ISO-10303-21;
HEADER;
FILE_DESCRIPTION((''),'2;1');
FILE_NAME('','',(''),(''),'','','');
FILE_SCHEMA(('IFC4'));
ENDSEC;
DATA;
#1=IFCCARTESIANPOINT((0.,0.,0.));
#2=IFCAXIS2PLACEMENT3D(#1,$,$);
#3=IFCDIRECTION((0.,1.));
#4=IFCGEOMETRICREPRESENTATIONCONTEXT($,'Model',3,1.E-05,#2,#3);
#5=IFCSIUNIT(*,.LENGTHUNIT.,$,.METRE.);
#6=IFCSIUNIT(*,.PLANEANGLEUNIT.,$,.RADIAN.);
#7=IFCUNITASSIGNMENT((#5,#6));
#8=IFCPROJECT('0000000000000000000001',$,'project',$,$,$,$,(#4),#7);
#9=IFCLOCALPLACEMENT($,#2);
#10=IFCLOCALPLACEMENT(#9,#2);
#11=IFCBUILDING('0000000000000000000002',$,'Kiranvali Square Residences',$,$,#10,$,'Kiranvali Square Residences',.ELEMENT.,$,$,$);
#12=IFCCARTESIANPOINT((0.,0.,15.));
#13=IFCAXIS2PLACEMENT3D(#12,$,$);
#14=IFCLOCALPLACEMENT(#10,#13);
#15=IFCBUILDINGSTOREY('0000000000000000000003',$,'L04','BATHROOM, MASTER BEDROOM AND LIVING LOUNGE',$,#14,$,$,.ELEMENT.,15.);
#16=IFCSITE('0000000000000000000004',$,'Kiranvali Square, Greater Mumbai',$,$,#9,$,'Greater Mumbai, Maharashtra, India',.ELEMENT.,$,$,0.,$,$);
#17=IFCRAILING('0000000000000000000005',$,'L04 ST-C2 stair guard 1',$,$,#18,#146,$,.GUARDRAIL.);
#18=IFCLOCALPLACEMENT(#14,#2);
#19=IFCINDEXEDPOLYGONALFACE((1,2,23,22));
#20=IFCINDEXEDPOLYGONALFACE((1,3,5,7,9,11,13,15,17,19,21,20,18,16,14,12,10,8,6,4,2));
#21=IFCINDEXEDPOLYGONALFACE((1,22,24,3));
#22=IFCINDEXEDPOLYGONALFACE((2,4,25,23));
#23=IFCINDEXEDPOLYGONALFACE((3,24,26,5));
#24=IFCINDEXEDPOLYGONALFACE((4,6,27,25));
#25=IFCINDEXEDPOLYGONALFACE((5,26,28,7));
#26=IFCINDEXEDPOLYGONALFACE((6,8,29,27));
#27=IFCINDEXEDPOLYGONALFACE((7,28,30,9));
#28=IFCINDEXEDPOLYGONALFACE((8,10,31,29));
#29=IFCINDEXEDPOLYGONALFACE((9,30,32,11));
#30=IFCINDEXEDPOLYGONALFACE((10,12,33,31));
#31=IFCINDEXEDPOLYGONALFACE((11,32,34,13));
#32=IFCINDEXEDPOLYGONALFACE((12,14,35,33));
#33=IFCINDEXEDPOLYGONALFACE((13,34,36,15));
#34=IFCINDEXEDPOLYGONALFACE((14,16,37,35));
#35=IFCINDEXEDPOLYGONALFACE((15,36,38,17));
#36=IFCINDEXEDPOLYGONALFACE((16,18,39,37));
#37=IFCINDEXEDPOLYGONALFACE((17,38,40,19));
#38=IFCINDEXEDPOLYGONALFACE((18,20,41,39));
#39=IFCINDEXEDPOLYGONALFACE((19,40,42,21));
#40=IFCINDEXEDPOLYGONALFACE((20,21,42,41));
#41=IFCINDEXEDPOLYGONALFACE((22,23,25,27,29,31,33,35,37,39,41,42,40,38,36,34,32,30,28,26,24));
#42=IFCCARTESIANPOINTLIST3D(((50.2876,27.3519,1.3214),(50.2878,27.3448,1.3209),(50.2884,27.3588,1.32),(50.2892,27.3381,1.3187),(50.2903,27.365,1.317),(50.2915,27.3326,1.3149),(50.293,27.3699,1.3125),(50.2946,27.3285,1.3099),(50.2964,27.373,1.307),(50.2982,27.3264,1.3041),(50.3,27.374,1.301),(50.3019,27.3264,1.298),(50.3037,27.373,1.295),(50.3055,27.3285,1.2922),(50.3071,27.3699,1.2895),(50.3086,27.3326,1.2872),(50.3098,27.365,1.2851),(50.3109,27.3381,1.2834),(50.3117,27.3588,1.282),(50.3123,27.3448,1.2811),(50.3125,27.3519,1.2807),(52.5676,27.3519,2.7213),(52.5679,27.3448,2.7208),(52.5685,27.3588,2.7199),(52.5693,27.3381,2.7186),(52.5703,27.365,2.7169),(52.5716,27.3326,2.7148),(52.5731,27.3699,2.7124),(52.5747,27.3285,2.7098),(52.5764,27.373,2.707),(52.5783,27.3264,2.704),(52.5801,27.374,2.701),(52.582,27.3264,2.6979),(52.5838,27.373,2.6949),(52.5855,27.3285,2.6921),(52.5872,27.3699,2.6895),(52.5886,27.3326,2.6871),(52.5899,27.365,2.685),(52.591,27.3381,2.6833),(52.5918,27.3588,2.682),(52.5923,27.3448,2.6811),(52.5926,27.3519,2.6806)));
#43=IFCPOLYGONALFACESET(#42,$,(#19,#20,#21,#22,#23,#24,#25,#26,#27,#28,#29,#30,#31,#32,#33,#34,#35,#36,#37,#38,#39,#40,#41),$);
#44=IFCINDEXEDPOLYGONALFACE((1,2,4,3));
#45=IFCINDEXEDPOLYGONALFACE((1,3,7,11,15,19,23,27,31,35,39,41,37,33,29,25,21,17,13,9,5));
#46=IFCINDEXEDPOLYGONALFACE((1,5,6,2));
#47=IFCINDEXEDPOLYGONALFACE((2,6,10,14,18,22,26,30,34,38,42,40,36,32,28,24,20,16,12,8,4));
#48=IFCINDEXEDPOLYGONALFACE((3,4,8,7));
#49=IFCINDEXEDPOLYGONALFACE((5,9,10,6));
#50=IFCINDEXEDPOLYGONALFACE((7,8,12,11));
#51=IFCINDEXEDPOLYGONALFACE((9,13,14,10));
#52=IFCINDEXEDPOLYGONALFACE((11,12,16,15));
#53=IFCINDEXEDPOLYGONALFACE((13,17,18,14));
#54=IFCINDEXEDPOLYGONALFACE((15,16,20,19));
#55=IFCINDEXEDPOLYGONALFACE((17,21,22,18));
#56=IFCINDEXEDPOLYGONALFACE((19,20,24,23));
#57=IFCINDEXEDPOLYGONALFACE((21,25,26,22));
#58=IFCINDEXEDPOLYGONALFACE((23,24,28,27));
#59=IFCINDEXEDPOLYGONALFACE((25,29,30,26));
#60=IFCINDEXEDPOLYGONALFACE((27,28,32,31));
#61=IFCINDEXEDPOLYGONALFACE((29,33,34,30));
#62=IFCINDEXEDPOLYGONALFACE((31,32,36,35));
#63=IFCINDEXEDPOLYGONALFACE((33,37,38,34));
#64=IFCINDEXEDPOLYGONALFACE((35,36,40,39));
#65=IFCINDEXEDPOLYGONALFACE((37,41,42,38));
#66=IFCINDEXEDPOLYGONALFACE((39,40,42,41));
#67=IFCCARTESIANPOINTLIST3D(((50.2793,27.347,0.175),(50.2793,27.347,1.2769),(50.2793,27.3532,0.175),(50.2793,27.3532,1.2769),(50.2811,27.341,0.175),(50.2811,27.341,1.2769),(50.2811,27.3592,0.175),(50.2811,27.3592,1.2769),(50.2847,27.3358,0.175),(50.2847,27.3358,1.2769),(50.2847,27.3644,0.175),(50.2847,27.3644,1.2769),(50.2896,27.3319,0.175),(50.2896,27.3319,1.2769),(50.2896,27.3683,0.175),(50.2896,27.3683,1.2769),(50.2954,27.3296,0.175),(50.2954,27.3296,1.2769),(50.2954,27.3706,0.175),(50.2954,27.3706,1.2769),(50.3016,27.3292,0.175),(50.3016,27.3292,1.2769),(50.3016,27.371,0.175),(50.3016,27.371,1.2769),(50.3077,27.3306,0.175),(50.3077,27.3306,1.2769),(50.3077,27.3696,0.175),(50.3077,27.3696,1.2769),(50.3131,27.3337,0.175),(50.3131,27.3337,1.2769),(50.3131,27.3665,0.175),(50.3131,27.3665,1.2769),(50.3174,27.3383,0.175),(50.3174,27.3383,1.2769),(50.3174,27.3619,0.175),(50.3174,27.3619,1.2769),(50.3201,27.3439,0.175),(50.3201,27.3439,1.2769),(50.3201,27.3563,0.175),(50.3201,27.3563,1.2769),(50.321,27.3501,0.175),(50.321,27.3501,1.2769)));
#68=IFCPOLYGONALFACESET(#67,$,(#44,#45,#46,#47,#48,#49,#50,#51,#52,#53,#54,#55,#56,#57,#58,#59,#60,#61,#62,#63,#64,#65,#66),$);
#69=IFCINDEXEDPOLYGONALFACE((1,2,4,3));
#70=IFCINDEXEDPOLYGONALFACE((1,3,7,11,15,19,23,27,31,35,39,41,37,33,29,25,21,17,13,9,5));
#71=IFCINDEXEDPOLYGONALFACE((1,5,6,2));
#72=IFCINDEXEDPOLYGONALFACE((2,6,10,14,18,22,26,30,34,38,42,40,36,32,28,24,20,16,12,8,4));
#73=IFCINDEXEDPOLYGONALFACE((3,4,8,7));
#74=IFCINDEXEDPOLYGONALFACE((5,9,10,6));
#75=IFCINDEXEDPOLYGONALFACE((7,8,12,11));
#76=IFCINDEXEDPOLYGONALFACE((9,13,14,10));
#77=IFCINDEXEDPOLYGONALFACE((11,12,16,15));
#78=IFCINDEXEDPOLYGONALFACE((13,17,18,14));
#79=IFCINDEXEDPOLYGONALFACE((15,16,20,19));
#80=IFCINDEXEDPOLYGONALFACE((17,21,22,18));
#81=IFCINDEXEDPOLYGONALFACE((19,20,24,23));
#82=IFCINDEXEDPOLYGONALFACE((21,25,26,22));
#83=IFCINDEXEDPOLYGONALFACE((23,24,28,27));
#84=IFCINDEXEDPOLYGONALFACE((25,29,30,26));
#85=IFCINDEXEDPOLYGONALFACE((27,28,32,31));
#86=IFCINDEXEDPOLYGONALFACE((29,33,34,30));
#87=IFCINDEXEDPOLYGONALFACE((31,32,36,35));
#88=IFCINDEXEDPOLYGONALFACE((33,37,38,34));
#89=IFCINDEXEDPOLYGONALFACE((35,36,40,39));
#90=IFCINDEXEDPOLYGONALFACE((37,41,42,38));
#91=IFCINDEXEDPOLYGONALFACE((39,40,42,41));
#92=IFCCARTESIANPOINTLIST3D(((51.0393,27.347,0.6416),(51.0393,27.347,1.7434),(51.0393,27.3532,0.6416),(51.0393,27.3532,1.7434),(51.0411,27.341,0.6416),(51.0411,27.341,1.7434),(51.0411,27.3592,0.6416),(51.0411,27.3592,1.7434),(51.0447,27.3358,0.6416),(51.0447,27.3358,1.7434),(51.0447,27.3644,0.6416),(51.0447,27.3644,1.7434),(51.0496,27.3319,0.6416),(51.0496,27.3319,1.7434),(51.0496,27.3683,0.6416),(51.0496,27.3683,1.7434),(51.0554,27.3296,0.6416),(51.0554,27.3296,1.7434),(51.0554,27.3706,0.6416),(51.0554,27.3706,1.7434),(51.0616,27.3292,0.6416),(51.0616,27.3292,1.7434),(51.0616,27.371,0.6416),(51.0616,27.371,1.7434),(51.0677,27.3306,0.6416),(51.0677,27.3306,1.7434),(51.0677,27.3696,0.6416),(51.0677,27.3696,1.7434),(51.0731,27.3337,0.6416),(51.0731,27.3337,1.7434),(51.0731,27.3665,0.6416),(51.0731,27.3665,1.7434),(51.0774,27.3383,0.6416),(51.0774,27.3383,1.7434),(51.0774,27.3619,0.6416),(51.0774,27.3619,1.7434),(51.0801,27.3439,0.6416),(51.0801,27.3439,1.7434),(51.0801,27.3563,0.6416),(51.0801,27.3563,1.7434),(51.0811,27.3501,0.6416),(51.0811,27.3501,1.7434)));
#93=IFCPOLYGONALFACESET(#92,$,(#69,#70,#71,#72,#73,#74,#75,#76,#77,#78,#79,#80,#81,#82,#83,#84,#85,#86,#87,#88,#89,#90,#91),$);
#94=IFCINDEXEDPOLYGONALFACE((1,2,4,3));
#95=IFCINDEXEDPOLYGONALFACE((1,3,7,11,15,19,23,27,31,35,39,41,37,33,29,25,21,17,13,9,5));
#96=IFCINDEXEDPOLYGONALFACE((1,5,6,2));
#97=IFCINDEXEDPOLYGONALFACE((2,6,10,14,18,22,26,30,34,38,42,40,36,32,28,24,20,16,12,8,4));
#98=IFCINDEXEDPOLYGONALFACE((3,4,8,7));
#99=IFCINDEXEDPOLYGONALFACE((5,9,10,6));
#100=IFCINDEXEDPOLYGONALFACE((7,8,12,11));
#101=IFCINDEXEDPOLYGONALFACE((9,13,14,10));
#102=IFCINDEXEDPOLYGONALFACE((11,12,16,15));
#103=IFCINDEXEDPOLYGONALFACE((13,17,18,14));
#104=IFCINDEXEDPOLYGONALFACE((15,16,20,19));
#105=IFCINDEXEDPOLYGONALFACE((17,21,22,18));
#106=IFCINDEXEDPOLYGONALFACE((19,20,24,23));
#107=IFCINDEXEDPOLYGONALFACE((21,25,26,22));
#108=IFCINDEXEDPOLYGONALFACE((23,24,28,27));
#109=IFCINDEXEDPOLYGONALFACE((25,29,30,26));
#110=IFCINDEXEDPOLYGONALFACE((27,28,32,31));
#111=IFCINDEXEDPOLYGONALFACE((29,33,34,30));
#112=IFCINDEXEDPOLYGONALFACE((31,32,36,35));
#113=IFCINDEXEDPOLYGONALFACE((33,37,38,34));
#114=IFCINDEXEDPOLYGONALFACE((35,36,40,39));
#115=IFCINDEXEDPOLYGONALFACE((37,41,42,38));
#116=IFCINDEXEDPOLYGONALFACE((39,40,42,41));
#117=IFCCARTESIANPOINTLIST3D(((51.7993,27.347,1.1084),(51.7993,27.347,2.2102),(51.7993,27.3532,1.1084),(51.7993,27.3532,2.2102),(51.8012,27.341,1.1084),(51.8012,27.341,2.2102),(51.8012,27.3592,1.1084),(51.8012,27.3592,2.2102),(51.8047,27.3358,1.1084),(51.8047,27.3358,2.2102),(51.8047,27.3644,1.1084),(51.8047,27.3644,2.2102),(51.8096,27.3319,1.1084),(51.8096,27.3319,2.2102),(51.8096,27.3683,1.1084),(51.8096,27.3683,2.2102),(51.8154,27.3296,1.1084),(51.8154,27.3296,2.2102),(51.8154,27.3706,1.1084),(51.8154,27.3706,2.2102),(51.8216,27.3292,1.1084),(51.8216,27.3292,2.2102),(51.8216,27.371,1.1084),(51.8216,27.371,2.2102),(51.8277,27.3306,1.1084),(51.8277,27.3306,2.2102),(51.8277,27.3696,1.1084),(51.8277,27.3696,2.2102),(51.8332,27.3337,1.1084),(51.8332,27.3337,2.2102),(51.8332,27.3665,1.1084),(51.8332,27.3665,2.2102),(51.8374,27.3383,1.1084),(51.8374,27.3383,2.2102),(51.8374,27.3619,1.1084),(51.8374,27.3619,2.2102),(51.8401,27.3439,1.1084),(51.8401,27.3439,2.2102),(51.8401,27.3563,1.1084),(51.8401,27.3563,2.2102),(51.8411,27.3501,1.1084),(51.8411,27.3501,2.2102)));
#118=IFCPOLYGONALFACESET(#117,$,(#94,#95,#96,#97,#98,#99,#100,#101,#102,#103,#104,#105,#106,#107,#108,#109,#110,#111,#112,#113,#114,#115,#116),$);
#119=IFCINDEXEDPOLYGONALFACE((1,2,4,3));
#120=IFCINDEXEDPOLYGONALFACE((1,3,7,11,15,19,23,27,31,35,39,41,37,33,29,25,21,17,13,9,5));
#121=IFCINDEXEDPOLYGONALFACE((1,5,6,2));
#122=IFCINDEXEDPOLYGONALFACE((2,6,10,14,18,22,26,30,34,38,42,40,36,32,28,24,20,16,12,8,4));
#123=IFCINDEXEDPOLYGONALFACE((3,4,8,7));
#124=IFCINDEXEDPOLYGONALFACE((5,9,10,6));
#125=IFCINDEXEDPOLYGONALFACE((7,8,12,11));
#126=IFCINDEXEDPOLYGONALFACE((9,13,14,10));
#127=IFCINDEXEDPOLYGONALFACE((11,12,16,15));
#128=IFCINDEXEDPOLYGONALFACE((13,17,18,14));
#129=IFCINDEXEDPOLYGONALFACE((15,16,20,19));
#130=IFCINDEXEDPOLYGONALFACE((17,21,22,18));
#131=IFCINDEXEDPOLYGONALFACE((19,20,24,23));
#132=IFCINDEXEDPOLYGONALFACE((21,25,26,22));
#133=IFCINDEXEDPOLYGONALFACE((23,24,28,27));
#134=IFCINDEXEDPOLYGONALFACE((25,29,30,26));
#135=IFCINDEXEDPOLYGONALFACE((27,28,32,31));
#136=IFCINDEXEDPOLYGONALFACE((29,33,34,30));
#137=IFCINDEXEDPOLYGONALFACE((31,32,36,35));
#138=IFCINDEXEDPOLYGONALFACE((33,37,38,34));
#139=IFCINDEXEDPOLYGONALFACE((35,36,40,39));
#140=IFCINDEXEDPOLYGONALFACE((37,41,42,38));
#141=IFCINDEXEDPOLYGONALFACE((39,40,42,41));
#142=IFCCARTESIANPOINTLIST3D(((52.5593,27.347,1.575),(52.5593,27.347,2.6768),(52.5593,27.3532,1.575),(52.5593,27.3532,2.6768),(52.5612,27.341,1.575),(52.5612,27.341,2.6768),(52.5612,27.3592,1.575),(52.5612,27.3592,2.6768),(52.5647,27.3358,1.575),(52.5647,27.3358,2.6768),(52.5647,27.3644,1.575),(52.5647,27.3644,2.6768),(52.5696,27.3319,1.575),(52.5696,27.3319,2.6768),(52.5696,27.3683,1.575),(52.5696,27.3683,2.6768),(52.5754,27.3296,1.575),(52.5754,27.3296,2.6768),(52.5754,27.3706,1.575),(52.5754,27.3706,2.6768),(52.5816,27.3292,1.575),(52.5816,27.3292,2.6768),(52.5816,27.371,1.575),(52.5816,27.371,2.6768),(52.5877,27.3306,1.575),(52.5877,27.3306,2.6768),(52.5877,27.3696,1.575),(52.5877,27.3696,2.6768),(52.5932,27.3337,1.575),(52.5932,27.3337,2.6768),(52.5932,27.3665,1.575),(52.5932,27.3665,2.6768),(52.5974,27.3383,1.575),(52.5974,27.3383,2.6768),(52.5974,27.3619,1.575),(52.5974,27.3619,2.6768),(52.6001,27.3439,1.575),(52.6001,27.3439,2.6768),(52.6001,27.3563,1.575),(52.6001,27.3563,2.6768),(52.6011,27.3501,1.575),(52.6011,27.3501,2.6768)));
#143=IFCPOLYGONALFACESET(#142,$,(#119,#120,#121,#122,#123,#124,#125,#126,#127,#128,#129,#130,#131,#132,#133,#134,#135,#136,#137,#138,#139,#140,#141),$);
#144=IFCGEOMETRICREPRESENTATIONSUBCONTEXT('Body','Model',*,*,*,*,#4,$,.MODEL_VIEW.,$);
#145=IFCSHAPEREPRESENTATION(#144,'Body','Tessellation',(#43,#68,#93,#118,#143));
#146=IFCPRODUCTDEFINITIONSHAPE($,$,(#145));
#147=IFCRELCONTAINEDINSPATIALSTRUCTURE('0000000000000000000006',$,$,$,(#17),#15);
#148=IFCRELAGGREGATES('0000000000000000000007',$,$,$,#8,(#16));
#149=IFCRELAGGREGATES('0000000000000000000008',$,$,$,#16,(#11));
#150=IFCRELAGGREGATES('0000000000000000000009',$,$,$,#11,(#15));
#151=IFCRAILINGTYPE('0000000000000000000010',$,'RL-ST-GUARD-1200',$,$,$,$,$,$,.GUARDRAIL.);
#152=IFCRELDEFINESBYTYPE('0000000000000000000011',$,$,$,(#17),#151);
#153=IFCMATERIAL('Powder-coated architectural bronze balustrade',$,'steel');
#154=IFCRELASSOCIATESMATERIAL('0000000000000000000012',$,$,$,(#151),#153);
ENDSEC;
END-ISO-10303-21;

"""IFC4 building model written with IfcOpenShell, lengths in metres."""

from ifc_helpers import new_model, si_unit, direction, frame, origin, origin_2d, place, context, subcontext, project, spatial, circle, extrude, material, type_object, element, save


model = new_model("IFC4")

# Units and contexts
model_context = context("Model", 3, precision=1e-05, world=origin(), true_north=direction((0.0, 1.0)))
body_context = subcontext(model_context, "Body", "Model", "MODEL_VIEW")
ifc_project = project(units=[si_unit("LENGTHUNIT", "METRE"), si_unit("PLANEANGLEUNIT", "RADIAN")], contexts=[model_context])

# Site, building, storey
site_placement = place(None, origin())
site = spatial("IfcSite", under=ifc_project, at=site_placement, Name="Kiranvali Square, Greater Mumbai", LongName="Greater Mumbai, Maharashtra, India", CompositionType="ELEMENT", RefElevation=0.0)
building_placement = place(site_placement, origin())
building = spatial("IfcBuilding", under=site, at=building_placement, Name="Kiranvali Square Residences", LongName="Kiranvali Square Residences", CompositionType="ELEMENT")
storey_placement = place(building_placement, frame((0.0, 0.0, 15.0)))
storey = spatial("IfcBuildingStorey", under=building, at=storey_placement, Name="L04", Description="BATHROOM, MASTER BEDROOM AND LIVING LOUNGE", CompositionType="ELEMENT", Elevation=15.0)

# Railing
ifc_material_1 = material(Name="Powder-coated architectural bronze balustrade", Category="steel")
railing_type_1 = type_object("IfcRailingType", Name="RL-ST-GUARD-1200", PredefinedType="GUARDRAIL", material=ifc_material_1)
railing_1_placement = place(storey_placement, frame((50.3, 27.3501, 0.175)))
element("IfcRailing", 1, at=railing_1_placement, inside=storey, type_object=railing_type_1, Name="L04 ST-C2 stair guard 1", PredefinedType="GUARDRAIL", context=body_context, shape_type="SweptSolid", body=[
    extrude(circle(Radius=0.0239, at=origin_2d()), frame((0.0, 0.0, 1.126), z_axis=(0.85219, 0.0, 0.523232), x_axis=(0.0, 1.0, 0.0)), (0.0, 0.0, 1.0), 2.6755),
    extrude(circle(Radius=0.021, at=origin_2d()), origin(), (0.0, 0.0, 1.0), 1.1018),
    extrude(circle(Radius=0.021, at=origin_2d()), frame((0.76, 0.0, 0.4666)), (0.0, 0.0, 1.0), 1.1018),
    extrude(circle(Radius=0.021, at=origin_2d()), frame((1.52, 0.0, 0.9333)), (0.0, 0.0, 1.0), 1.1018),
    extrude(circle(Radius=0.021, at=origin_2d()), frame((2.28, 0.0, 1.3999)), (0.0, 0.0, 1.0), 1.1018),
])

save(model, "model.ifc")
